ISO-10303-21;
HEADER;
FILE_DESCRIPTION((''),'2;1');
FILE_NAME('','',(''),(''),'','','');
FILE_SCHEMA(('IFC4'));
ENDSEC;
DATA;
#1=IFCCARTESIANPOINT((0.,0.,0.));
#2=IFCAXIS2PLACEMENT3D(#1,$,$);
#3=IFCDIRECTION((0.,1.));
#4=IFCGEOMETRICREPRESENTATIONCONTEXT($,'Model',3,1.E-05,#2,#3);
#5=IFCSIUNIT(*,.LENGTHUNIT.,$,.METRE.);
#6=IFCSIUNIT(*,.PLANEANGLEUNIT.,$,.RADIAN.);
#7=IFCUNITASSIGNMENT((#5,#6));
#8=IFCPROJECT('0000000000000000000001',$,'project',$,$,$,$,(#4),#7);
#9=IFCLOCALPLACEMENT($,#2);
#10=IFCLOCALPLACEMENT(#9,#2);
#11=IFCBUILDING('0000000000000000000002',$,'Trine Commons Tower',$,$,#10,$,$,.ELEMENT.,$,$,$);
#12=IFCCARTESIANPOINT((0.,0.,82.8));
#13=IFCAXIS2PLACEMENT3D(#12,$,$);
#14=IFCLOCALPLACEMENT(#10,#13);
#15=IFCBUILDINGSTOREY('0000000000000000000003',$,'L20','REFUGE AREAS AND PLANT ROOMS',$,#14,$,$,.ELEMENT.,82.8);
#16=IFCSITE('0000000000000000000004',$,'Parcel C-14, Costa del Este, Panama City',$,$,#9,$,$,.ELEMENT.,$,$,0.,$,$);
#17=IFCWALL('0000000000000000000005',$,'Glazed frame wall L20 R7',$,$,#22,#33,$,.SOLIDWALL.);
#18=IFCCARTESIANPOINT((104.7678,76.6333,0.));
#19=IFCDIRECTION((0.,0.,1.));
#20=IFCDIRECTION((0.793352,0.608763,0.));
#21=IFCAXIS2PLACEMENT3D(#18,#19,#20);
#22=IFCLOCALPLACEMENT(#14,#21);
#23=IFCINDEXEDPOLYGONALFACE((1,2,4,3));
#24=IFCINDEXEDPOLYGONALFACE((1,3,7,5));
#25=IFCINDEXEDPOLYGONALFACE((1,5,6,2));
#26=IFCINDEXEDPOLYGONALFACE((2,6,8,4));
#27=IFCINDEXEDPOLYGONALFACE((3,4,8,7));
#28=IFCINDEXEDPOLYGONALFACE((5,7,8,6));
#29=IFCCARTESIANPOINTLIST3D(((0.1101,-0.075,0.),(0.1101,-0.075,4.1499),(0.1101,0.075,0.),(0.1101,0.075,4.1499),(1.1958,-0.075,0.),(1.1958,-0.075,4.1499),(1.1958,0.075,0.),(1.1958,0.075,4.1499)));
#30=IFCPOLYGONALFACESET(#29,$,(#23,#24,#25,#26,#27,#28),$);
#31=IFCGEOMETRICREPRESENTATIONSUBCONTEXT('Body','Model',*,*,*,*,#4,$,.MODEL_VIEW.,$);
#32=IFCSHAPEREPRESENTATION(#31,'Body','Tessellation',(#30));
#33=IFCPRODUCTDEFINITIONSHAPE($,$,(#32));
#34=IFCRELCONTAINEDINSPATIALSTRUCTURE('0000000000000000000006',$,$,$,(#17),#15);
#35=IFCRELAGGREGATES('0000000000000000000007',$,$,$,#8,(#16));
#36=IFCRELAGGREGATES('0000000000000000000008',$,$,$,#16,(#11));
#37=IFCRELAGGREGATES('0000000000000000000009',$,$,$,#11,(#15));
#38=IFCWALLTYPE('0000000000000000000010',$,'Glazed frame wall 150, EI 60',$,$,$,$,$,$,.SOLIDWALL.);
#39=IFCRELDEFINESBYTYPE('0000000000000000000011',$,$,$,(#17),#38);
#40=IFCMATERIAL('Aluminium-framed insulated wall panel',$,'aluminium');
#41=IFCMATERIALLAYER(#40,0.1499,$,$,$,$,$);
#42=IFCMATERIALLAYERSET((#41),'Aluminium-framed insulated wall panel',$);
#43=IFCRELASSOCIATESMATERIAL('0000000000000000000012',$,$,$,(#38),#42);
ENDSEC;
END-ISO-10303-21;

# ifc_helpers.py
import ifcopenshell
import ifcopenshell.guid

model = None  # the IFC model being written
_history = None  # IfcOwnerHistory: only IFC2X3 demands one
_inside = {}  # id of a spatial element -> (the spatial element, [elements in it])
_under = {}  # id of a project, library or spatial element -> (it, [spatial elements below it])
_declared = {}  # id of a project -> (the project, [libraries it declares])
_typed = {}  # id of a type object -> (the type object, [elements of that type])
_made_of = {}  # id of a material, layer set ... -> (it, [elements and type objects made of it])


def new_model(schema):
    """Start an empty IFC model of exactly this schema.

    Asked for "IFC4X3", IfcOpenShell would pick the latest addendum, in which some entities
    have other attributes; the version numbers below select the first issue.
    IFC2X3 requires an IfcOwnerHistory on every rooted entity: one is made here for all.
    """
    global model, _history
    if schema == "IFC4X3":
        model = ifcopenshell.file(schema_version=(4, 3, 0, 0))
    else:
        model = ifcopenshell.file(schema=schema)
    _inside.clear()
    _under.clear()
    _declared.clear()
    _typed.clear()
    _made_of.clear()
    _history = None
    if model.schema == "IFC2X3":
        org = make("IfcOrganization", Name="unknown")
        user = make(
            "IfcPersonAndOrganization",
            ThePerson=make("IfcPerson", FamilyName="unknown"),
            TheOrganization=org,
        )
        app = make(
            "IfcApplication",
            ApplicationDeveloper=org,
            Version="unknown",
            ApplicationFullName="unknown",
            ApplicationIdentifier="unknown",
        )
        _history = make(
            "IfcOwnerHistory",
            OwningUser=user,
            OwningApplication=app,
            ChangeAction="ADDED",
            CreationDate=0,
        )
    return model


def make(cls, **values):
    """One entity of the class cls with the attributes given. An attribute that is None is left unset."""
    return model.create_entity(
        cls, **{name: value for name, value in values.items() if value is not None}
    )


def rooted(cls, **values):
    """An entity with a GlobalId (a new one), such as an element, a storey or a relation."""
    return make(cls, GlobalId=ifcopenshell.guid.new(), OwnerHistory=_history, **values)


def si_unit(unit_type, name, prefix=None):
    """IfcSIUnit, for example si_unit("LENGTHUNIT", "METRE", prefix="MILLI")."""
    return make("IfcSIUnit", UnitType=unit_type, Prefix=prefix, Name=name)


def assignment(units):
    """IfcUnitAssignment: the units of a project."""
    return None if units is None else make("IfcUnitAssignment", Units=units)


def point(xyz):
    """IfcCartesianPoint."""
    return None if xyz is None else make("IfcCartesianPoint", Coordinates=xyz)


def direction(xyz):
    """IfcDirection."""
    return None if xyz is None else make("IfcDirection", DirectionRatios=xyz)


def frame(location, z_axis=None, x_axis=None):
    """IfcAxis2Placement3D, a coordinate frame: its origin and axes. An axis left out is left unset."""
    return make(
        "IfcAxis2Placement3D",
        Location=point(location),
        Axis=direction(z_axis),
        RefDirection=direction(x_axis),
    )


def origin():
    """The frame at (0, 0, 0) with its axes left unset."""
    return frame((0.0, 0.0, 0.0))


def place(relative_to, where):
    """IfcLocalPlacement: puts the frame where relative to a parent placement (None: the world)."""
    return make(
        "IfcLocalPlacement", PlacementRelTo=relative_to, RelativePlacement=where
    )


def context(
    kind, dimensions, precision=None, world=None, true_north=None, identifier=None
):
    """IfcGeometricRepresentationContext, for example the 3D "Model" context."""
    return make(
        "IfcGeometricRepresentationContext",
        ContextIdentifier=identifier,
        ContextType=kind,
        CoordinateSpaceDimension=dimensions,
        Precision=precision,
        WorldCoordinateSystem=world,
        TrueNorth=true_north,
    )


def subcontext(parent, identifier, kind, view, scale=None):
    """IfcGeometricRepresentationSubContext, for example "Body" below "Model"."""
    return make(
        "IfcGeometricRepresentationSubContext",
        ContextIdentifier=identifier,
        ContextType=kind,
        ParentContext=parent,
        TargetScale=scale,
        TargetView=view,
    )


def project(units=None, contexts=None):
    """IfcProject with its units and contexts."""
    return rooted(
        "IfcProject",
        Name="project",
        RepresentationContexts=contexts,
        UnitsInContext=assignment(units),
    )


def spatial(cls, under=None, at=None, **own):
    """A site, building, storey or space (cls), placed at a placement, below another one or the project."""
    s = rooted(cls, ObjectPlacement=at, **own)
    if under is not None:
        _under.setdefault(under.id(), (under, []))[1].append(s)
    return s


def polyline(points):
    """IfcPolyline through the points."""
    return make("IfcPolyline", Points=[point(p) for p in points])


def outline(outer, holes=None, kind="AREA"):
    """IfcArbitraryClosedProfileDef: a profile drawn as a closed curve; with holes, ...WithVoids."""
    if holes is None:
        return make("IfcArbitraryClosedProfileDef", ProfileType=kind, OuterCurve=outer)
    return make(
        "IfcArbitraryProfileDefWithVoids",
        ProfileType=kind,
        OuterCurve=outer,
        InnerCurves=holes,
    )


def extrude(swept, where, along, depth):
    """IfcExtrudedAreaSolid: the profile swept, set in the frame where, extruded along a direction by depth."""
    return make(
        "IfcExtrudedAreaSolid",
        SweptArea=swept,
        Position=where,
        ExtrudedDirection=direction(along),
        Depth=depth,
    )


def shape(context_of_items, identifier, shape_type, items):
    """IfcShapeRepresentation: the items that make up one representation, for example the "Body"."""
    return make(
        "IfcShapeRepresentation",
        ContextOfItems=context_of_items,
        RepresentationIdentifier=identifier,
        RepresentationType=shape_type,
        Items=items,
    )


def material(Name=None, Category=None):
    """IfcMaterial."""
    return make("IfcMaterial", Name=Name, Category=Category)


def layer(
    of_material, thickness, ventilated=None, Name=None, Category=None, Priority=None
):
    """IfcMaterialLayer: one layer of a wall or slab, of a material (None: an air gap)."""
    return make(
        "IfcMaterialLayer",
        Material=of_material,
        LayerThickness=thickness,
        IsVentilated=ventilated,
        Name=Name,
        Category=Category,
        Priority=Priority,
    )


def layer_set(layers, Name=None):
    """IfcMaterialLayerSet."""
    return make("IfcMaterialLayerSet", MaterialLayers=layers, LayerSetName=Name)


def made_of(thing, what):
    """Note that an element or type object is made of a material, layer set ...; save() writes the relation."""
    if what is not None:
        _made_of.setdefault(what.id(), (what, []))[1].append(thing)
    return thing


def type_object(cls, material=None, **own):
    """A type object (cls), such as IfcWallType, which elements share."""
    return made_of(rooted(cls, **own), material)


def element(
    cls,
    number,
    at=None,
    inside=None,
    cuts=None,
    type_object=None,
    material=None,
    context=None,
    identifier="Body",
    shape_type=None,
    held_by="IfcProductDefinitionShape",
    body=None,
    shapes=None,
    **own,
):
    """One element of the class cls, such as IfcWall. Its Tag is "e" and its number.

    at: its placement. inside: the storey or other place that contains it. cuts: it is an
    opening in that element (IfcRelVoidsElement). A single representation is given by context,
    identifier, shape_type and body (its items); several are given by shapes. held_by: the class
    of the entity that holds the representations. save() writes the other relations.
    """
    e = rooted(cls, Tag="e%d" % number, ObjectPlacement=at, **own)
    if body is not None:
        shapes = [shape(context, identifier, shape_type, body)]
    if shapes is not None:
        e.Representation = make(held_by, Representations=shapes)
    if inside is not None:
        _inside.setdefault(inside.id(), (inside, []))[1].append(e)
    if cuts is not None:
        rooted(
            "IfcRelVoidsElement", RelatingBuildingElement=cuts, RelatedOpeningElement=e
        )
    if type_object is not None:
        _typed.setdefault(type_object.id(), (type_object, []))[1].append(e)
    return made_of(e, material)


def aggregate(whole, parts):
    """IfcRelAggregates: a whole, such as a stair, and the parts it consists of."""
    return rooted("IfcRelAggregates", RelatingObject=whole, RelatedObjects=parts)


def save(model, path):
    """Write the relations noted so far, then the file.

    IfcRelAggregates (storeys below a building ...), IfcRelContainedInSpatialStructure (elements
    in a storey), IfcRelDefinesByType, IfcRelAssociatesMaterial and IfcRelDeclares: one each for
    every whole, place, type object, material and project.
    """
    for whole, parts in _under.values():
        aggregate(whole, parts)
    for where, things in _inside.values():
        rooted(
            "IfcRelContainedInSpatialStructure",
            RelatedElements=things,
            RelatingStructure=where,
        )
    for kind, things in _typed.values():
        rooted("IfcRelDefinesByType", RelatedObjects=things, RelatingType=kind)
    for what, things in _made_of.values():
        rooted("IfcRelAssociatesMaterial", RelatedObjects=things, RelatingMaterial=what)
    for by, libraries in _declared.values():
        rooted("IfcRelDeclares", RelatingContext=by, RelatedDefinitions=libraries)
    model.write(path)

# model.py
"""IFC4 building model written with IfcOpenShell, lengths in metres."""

from ifc_helpers import new_model, si_unit, direction, frame, origin, place, context, subcontext, project, spatial, polyline, outline, extrude, material, layer, layer_set, type_object, element, save


model = new_model("IFC4")

# Units and contexts
model_context = context("Model", 3, precision=1e-05, world=origin(), true_north=direction((0.0, 1.0)))
body_context = subcontext(model_context, "Body", "Model", "MODEL_VIEW")
ifc_project = project(units=[si_unit("LENGTHUNIT", "METRE"), si_unit("PLANEANGLEUNIT", "RADIAN")], contexts=[model_context])

# Site, building, storey
site_placement = place(None, origin())
site = spatial("IfcSite", under=ifc_project, at=site_placement, Name="Parcel C-14, Costa del Este, Panama City", CompositionType="ELEMENT", RefElevation=0.0)
building_placement = place(site_placement, origin())
building = spatial("IfcBuilding", under=site, at=building_placement, Name="Trine Commons Tower", CompositionType="ELEMENT")
storey_placement = place(building_placement, frame((0.0, 0.0, 82.8)))
storey = spatial("IfcBuildingStorey", under=building, at=storey_placement, Name="L20", Description="REFUGE AREAS AND PLANT ROOMS", CompositionType="ELEMENT", Elevation=82.8)

# Wall
ifc_material_1 = material(Name="Aluminium-framed insulated wall panel", Category="aluminium")
ifc_layer_1 = layer(ifc_material_1, 0.1499)
ifc_layer_set_1 = layer_set([ifc_layer_1], Name="Aluminium-framed insulated wall panel")
wall_type_1 = type_object("IfcWallType", Name="Glazed frame wall 150, EI 60", PredefinedType="SOLIDWALL", material=ifc_layer_set_1)
wall_1_placement = place(storey_placement, frame((104.7678, 76.6333, 0.0), z_axis=(0.0, 0.0, 1.0), x_axis=(0.793352, 0.608763, 0.0)))
element("IfcWall", 1, at=wall_1_placement, inside=storey, type_object=wall_type_1, Name="Glazed frame wall L20 R7", PredefinedType="SOLIDWALL", context=body_context, shape_type="SweptSolid", body=[
    extrude(outline(polyline([(0.1101, 0.075), (0.1101, -0.075), (1.1958, -0.075), (1.1958, 0.075), (0.1101, 0.075)])), origin(), (0.0, 0.0, 1.0), 4.1499),
])

save(model, "model.ifc")
